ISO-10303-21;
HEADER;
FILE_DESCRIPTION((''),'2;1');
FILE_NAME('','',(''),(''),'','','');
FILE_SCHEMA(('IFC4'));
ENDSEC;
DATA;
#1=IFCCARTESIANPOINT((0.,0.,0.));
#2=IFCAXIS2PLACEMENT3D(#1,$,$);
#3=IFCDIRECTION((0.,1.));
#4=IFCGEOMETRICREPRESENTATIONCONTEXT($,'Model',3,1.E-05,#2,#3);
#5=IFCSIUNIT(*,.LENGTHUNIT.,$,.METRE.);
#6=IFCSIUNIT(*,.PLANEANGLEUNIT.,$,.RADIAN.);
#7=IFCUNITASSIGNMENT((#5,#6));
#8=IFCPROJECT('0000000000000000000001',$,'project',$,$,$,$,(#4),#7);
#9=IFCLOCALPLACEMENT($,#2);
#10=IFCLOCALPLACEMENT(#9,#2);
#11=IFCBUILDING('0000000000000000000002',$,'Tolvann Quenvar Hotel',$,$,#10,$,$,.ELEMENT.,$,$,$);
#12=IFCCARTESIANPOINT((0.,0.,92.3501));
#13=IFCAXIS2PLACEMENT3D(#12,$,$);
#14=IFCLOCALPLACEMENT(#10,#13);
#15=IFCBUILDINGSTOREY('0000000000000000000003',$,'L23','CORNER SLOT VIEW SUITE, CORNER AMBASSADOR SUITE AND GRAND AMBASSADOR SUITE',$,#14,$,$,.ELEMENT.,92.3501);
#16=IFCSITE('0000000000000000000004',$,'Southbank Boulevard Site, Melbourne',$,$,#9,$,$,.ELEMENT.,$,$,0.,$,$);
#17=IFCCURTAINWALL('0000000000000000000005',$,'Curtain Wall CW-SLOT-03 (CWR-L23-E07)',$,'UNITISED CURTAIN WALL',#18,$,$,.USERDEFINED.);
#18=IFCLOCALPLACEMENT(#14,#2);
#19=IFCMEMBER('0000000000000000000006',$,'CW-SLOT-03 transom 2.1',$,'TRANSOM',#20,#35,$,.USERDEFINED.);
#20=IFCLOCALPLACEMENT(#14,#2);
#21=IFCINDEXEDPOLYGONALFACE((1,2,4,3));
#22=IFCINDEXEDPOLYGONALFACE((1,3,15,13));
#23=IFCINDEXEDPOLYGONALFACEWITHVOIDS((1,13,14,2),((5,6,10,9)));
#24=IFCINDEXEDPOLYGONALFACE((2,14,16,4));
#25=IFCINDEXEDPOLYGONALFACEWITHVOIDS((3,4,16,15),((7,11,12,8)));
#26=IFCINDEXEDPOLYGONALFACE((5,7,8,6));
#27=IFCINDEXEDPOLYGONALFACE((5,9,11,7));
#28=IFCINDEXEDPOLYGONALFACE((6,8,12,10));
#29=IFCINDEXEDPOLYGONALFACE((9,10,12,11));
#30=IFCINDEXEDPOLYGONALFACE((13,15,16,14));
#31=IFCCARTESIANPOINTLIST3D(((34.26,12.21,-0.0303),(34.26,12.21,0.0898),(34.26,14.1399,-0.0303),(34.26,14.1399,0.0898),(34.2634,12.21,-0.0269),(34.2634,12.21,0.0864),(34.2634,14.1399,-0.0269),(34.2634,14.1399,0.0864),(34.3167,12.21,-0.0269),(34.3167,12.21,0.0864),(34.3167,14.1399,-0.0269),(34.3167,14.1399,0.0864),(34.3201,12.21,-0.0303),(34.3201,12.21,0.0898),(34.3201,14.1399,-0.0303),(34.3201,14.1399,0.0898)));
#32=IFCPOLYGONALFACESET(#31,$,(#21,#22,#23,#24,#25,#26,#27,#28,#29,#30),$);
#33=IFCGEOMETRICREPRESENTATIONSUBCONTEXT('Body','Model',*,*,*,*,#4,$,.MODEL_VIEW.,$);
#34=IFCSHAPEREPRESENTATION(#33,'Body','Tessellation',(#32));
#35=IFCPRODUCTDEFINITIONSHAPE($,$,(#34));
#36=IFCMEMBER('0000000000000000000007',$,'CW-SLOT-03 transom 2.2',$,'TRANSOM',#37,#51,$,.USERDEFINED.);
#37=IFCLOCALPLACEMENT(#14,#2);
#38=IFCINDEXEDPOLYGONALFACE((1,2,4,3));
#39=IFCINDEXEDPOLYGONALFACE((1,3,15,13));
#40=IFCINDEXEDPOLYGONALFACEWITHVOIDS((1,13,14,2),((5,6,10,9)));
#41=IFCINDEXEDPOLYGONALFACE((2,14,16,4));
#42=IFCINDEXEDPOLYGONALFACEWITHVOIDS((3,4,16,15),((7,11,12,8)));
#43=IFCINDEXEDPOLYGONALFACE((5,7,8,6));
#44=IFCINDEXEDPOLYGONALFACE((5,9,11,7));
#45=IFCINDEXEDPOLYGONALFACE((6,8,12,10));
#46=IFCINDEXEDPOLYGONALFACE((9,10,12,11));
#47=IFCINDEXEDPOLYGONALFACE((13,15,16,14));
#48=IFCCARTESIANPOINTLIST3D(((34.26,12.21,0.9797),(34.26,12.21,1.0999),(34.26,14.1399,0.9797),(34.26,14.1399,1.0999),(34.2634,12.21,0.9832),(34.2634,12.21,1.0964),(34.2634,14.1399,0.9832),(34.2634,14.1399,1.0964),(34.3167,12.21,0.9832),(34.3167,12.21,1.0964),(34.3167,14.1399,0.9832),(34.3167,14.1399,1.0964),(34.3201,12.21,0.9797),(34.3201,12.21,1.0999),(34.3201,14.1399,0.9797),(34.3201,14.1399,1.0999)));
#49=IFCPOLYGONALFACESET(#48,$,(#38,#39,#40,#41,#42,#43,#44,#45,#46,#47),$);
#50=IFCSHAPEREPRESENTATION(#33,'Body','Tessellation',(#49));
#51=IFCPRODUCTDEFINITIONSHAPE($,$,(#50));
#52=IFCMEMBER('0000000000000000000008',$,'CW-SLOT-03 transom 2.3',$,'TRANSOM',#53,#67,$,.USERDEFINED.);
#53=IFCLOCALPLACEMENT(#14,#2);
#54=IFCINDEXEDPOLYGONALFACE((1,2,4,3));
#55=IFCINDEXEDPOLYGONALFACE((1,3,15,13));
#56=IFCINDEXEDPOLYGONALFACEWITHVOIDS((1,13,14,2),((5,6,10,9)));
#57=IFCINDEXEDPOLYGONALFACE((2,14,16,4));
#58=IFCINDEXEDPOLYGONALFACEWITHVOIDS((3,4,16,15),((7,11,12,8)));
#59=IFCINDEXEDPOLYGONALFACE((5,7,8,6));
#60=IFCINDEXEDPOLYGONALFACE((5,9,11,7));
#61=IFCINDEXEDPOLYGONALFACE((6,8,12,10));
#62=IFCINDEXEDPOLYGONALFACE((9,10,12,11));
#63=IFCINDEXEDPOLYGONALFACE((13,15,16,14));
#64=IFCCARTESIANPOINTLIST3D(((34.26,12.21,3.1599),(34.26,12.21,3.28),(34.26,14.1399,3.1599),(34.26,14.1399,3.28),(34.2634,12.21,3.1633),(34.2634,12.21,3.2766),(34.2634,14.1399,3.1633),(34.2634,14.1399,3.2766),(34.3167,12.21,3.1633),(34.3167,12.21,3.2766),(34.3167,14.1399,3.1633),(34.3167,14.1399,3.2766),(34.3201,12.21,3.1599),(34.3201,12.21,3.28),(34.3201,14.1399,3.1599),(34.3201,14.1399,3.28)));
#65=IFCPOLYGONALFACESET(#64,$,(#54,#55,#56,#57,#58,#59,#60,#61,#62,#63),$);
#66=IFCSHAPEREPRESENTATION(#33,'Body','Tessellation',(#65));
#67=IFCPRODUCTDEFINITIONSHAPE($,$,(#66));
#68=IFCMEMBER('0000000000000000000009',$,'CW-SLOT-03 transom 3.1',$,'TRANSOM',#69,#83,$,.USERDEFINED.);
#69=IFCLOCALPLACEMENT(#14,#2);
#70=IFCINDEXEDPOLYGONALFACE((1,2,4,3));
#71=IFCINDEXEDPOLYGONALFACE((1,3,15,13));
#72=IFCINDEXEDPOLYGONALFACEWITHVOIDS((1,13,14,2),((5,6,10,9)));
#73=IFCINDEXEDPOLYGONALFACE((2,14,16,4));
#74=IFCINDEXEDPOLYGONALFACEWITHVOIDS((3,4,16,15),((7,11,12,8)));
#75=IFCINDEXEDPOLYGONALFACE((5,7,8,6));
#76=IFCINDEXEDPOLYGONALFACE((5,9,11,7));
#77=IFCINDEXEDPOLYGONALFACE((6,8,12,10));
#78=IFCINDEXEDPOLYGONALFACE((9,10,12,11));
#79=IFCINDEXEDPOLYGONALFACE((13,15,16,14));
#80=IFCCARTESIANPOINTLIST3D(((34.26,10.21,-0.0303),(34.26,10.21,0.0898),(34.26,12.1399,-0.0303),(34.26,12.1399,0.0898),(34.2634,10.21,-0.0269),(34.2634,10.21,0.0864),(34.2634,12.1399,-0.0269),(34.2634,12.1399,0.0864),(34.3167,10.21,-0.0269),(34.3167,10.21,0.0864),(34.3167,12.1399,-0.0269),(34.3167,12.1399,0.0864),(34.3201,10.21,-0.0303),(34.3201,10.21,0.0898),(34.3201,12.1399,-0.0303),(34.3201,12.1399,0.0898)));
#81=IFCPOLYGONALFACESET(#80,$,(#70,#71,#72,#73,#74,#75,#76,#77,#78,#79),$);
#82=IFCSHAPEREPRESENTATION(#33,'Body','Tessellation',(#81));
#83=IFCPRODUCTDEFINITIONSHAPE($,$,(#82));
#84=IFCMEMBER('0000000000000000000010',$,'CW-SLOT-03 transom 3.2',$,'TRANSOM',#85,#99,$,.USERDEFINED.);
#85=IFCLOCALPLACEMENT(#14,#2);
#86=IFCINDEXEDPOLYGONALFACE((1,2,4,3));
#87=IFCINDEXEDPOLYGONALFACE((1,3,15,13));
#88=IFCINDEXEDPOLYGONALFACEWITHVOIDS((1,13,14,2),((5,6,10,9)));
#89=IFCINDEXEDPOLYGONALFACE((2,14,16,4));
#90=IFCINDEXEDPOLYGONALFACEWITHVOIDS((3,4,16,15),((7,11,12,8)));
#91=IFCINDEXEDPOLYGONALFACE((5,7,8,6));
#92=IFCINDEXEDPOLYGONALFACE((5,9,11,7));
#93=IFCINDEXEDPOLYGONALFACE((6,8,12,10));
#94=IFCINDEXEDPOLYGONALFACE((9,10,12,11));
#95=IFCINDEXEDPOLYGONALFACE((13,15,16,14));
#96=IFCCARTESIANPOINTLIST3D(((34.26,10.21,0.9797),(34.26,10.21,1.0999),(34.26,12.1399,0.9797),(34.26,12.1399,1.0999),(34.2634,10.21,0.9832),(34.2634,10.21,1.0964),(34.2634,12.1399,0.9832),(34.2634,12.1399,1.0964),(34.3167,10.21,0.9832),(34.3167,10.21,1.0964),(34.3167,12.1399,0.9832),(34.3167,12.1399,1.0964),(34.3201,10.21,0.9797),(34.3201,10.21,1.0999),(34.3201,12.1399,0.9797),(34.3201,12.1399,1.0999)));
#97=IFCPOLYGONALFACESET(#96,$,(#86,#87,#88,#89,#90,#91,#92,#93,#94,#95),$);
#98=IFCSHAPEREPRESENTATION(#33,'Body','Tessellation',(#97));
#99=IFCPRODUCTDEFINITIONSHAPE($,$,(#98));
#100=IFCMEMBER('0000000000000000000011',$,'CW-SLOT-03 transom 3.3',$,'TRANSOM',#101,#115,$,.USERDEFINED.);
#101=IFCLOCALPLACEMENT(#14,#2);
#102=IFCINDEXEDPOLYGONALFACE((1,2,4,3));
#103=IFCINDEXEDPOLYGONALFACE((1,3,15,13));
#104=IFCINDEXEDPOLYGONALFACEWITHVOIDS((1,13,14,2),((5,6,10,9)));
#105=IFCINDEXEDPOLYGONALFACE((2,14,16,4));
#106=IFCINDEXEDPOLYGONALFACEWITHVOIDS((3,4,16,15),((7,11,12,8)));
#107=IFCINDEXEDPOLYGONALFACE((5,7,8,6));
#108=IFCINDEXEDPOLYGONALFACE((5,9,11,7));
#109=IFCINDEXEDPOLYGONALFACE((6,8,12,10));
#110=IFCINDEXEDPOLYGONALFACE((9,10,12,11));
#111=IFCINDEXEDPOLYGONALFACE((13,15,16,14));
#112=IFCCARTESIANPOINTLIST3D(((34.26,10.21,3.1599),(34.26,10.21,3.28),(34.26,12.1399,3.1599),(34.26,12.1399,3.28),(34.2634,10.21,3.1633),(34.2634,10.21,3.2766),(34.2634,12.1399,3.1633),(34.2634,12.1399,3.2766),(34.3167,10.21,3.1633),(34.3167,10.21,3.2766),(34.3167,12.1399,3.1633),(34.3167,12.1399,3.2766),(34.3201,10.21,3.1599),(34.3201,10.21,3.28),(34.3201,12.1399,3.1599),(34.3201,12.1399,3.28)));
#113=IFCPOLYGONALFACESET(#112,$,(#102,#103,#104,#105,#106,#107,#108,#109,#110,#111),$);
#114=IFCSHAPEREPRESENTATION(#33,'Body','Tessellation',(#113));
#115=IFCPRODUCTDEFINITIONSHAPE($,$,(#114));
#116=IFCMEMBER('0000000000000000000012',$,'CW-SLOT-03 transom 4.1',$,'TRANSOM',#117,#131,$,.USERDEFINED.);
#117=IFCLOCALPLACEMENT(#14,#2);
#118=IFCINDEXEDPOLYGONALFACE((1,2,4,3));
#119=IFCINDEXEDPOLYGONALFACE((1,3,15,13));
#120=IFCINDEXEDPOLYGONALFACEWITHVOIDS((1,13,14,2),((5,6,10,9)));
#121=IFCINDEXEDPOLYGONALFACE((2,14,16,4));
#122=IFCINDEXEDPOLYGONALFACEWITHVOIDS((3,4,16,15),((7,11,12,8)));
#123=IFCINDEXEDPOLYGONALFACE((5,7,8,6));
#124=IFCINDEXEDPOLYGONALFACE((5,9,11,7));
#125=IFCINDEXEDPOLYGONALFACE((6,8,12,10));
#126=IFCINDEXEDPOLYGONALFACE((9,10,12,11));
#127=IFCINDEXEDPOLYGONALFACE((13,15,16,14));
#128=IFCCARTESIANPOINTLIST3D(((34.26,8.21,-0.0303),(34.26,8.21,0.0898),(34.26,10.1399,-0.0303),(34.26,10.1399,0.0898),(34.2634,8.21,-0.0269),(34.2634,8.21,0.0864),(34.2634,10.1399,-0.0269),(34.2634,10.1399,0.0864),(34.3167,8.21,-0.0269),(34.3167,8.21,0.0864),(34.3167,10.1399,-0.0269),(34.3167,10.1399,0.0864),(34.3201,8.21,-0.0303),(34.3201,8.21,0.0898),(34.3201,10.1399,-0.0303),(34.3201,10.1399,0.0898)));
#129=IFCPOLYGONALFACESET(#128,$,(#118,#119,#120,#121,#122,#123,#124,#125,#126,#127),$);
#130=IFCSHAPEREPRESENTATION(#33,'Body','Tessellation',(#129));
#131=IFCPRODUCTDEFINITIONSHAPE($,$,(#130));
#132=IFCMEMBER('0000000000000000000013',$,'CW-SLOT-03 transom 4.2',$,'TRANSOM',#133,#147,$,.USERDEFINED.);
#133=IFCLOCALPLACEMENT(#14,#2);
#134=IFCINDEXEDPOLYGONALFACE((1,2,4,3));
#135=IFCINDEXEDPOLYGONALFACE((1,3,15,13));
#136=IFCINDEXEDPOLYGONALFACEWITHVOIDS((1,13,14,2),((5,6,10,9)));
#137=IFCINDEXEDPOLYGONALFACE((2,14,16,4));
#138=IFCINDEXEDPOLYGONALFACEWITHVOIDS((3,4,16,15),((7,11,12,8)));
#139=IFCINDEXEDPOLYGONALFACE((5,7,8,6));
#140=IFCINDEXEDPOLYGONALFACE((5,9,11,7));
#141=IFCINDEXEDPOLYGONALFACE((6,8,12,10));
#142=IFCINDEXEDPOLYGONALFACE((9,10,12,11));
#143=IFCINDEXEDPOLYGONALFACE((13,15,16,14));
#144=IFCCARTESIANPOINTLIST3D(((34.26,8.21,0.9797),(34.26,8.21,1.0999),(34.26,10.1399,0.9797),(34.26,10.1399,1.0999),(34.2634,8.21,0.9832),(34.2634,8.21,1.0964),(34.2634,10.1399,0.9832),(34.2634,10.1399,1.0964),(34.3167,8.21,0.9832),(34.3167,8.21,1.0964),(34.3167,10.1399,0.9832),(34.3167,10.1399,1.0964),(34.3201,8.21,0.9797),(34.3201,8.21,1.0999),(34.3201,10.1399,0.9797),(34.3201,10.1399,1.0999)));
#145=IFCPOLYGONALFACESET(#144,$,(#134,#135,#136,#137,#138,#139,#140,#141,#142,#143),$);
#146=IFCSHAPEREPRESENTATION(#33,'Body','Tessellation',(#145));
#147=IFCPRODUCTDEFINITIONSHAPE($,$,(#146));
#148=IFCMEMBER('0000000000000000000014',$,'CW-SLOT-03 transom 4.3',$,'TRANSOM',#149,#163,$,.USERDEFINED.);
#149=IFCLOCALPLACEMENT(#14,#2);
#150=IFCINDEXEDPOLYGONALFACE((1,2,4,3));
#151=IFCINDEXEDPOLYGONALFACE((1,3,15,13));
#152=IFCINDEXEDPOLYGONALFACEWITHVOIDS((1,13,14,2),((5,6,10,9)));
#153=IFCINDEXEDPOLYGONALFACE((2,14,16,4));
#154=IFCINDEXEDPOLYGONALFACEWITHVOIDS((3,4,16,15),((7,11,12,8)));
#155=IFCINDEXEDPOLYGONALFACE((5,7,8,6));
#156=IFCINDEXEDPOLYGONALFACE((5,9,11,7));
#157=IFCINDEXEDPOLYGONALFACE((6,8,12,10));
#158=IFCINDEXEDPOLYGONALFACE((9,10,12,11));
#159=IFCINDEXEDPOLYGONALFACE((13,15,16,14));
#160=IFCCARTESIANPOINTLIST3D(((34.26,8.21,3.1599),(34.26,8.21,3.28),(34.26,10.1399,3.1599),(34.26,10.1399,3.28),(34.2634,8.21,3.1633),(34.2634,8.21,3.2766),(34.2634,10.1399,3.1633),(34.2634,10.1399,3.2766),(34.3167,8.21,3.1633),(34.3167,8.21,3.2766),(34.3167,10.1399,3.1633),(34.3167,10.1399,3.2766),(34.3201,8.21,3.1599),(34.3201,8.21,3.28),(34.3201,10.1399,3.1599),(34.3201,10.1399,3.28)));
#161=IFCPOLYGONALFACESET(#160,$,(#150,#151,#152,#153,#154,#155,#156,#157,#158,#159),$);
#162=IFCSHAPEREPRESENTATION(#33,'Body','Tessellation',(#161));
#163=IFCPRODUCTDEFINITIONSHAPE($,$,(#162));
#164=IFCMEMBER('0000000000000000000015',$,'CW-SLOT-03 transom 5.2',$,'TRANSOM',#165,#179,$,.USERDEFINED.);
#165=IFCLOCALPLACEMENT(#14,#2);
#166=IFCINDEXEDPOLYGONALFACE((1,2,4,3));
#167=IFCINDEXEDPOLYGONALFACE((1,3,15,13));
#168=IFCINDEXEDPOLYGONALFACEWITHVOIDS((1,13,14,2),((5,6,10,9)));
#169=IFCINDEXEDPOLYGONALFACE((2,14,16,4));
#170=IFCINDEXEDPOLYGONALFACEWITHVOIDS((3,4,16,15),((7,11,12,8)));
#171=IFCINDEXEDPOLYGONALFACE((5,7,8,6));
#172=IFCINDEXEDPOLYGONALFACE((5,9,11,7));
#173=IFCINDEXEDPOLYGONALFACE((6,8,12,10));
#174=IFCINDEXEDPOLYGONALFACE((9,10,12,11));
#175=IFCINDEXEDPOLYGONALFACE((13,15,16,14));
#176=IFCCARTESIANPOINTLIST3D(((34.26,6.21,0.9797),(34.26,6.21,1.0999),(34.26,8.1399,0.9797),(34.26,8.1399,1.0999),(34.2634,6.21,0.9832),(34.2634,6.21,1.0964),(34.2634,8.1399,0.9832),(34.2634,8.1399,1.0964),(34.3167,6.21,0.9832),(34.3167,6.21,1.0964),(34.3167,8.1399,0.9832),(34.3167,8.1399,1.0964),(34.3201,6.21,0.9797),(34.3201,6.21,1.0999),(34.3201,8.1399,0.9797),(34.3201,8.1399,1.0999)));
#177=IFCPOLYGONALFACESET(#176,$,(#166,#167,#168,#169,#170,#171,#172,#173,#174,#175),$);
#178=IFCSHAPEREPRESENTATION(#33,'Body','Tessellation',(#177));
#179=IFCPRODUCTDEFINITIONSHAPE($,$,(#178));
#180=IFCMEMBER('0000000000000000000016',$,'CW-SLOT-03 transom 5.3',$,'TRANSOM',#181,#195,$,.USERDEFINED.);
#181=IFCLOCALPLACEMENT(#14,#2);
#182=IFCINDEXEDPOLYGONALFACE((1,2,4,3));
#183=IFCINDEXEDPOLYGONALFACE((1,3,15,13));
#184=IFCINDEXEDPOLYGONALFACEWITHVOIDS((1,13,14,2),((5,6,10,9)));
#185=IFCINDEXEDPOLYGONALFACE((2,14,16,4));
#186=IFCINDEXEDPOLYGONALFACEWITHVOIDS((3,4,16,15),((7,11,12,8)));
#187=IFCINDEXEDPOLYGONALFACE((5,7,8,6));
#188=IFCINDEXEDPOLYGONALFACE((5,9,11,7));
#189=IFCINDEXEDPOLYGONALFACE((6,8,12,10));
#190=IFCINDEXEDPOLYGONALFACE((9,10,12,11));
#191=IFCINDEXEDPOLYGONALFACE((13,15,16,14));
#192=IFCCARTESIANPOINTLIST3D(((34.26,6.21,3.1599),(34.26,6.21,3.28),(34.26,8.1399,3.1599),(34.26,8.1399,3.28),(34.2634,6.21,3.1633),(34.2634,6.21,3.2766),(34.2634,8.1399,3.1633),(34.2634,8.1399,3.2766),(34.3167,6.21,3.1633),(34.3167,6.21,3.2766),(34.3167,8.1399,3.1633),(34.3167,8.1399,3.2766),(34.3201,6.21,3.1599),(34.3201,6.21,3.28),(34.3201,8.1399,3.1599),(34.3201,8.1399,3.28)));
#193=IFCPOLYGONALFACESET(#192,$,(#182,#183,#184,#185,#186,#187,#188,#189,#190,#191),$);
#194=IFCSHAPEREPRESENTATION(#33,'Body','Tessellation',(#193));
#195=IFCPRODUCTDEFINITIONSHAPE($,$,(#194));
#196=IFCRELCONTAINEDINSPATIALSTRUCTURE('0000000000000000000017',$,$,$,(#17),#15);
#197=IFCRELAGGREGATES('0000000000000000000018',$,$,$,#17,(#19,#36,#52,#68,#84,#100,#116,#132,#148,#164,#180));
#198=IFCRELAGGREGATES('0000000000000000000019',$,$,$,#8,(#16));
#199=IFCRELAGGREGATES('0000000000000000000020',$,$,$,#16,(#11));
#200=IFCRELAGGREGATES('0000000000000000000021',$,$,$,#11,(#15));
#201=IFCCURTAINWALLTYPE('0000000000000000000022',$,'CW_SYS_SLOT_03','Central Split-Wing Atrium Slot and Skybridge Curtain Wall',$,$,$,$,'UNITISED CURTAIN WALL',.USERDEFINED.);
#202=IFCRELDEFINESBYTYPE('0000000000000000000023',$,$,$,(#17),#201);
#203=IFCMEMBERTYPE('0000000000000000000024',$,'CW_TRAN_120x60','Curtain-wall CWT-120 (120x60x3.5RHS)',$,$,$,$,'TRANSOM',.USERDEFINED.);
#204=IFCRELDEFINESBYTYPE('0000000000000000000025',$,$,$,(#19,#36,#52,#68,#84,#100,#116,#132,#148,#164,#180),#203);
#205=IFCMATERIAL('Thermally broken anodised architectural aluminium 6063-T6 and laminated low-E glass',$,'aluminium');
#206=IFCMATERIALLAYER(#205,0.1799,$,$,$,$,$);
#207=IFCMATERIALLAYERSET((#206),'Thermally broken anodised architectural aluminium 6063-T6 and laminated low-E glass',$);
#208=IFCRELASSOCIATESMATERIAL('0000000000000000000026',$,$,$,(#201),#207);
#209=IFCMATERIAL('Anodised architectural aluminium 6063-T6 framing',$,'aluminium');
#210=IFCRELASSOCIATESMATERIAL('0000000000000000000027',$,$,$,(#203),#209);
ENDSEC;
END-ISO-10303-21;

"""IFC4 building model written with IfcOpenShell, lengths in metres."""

from ifc_helpers import new_model, si_unit, direction, frame, origin, origin_2d, place, context, subcontext, project, spatial, hollow_rectangle, extrude, source, transform, mapped, material, layer, layer_set, material_profile, profile_set, type_object, type_shapes, element, aggregate, save


model = new_model("IFC4")

# Units and contexts
model_context = context("Model", 3, precision=1e-05, world=origin(), true_north=direction((0.0, 1.0)))
body_context = subcontext(model_context, "Body", "Model", "MODEL_VIEW")
ifc_project = project(units=[si_unit("LENGTHUNIT", "METRE"), si_unit("PLANEANGLEUNIT", "RADIAN")], contexts=[model_context])

# Site, building, storey
site_placement = place(None, origin())
site = spatial("IfcSite", under=ifc_project, at=site_placement, Name="Southbank Boulevard Site, Melbourne", CompositionType="ELEMENT", RefElevation=0.0)
building_placement = place(site_placement, origin())
building = spatial("IfcBuilding", under=site, at=building_placement, Name="Tolvann Quenvar Hotel", CompositionType="ELEMENT")
storey_placement = place(building_placement, frame((0.0, 0.0, 92.3501)))
storey = spatial("IfcBuildingStorey", under=building, at=storey_placement, Name="L23", Description="CORNER SLOT VIEW SUITE, CORNER AMBASSADOR SUITE AND GRAND AMBASSADOR SUITE", CompositionType="ELEMENT", Elevation=92.3501)

# Curtain wall, members
ifc_material_1 = material(Name="Thermally broken anodised architectural aluminium 6063-T6 and laminated low-E glass", Category="aluminium")
ifc_layer_1 = layer(ifc_material_1, 0.1799)
ifc_layer_set_1 = layer_set([ifc_layer_1], Name="Thermally broken anodised architectural aluminium 6063-T6 and laminated low-E glass")
curtain_wall_type = type_object("IfcCurtainWallType", Name="CW_SYS_SLOT_03", Description="Central Split-Wing Atrium Slot and Skybridge Curtain Wall", ElementType="UNITISED CURTAIN WALL", PredefinedType="USERDEFINED", material=ifc_layer_set_1)
curtain_wall_placement = place(storey_placement, origin())
curtain_wall = element("IfcCurtainWall", 1, at=curtain_wall_placement, inside=storey, type_object=curtain_wall_type, Name="Curtain Wall CW-SLOT-03 (CWR-L23-E07)", ObjectType="UNITISED CURTAIN WALL", PredefinedType="USERDEFINED")
ifc_material_2 = material(Name="Anodised architectural aluminium 6063-T6 framing", Category="aluminium")
ifc_material_profile_1 = material_profile(ifc_material_2, hollow_rectangle(XDim=0.0601, YDim=0.1201, WallThickness=0.0034, at=origin_2d()), Name="120x60x3.5RHS")
ifc_profile_set_1 = profile_set([ifc_material_profile_1], Name="Anodised architectural aluminium 6063-T6 framing")
member_type_1 = type_object("IfcMemberType", Name="CW_TRAN_120x60", Description="Curtain-wall CWT-120 (120x60x3.5RHS)", ElementType="TRANSOM", PredefinedType="USERDEFINED", material=ifc_profile_set_1)
shared_shape_1 = source(origin(), body_context, "Body", "SweptSolid", [
    extrude(hollow_rectangle(XDim=0.0601, YDim=0.1201, WallThickness=0.0034, at=origin_2d()), origin(), (0.0, 0.0, 1.0), 1.9299),
])
type_shapes(member_type_1, [shared_shape_1])
member_1_placement = place(storey_placement, frame((34.29, 14.1399, 0.0298), z_axis=(0.0, -1.0, 0.0), x_axis=(1.0, 0.0, 0.0)))
member_1 = element("IfcMember", 2, at=member_1_placement, type_object=member_type_1, Name="CW-SLOT-03 transom 2.1", ObjectType="TRANSOM", PredefinedType="USERDEFINED", context=body_context, shape_type="MappedRepresentation", body=[
    mapped(shared_shape_1, transform((0.0, 0.0, 0.0), x_axis=(1.0, 0.0, 0.0), y_axis=(0.0, 1.0, 0.0), z_axis=(0.0, 0.0, 1.0), scale=1.0)),
])
member_2_placement = place(storey_placement, frame((34.29, 14.1399, 1.0398), z_axis=(0.0, -1.0, 0.0), x_axis=(1.0, 0.0, 0.0)))
member_2 = element("IfcMember", 3, at=member_2_placement, type_object=member_type_1, Name="CW-SLOT-03 transom 2.2", ObjectType="TRANSOM", PredefinedType="USERDEFINED", context=body_context, shape_type="MappedRepresentation", body=[
    mapped(shared_shape_1, transform((0.0, 0.0, 0.0), x_axis=(1.0, 0.0, 0.0), y_axis=(0.0, 1.0, 0.0), z_axis=(0.0, 0.0, 1.0), scale=1.0)),
])
member_3_placement = place(storey_placement, frame((34.29, 14.1399, 3.22), z_axis=(0.0, -1.0, 0.0), x_axis=(1.0, 0.0, 0.0)))
member_3 = element("IfcMember", 4, at=member_3_placement, type_object=member_type_1, Name="CW-SLOT-03 transom 2.3", ObjectType="TRANSOM", PredefinedType="USERDEFINED", context=body_context, shape_type="MappedRepresentation", body=[
    mapped(shared_shape_1, transform((0.0, 0.0, 0.0), x_axis=(1.0, 0.0, 0.0), y_axis=(0.0, 1.0, 0.0), z_axis=(0.0, 0.0, 1.0), scale=1.0)),
])
member_4_placement = place(storey_placement, frame((34.29, 12.1399, 0.0298), z_axis=(0.0, -1.0, 0.0), x_axis=(1.0, 0.0, 0.0)))
member_4 = element("IfcMember", 5, at=member_4_placement, type_object=member_type_1, Name="CW-SLOT-03 transom 3.1", ObjectType="TRANSOM", PredefinedType="USERDEFINED", context=body_context, shape_type="MappedRepresentation", body=[
    mapped(shared_shape_1, transform((0.0, 0.0, 0.0), x_axis=(1.0, 0.0, 0.0), y_axis=(0.0, 1.0, 0.0), z_axis=(0.0, 0.0, 1.0), scale=1.0)),
])
member_5_placement = place(storey_placement, frame((34.29, 12.1399, 1.0398), z_axis=(0.0, -1.0, 0.0), x_axis=(1.0, 0.0, 0.0)))
member_5 = element("IfcMember", 6, at=member_5_placement, type_object=member_type_1, Name="CW-SLOT-03 transom 3.2", ObjectType="TRANSOM", PredefinedType="USERDEFINED", context=body_context, shape_type="MappedRepresentation", body=[
    mapped(shared_shape_1, transform((0.0, 0.0, 0.0), x_axis=(1.0, 0.0, 0.0), y_axis=(0.0, 1.0, 0.0), z_axis=(0.0, 0.0, 1.0), scale=1.0)),
])
member_6_placement = place(storey_placement, frame((34.29, 12.1399, 3.22), z_axis=(0.0, -1.0, 0.0), x_axis=(1.0, 0.0, 0.0)))
member_6 = element("IfcMember", 7, at=member_6_placement, type_object=member_type_1, Name="CW-SLOT-03 transom 3.3", ObjectType="TRANSOM", PredefinedType="USERDEFINED", context=body_context, shape_type="MappedRepresentation", body=[
    mapped(shared_shape_1, transform((0.0, 0.0, 0.0), x_axis=(1.0, 0.0, 0.0), y_axis=(0.0, 1.0, 0.0), z_axis=(0.0, 0.0, 1.0), scale=1.0)),
])
member_7_placement = place(storey_placement, frame((34.29, 10.1399, 0.0298), z_axis=(0.0, -1.0, 0.0), x_axis=(1.0, 0.0, 0.0)))
member_7 = element("IfcMember", 8, at=member_7_placement, type_object=member_type_1, Name="CW-SLOT-03 transom 4.1", ObjectType="TRANSOM", PredefinedType="USERDEFINED", context=body_context, shape_type="MappedRepresentation", body=[
    mapped(shared_shape_1, transform((0.0, 0.0, 0.0), x_axis=(1.0, 0.0, 0.0), y_axis=(0.0, 1.0, 0.0), z_axis=(0.0, 0.0, 1.0), scale=1.0)),
])
member_8_placement = place(storey_placement, frame((34.29, 10.1399, 1.0398), z_axis=(0.0, -1.0, 0.0), x_axis=(1.0, 0.0, 0.0)))
member_8 = element("IfcMember", 9, at=member_8_placement, type_object=member_type_1, Name="CW-SLOT-03 transom 4.2", ObjectType="TRANSOM", PredefinedType="USERDEFINED", context=body_context, shape_type="MappedRepresentation", body=[
    mapped(shared_shape_1, transform((0.0, 0.0, 0.0), x_axis=(1.0, 0.0, 0.0), y_axis=(0.0, 1.0, 0.0), z_axis=(0.0, 0.0, 1.0), scale=1.0)),
])
member_9_placement = place(storey_placement, frame((34.29, 10.1399, 3.22), z_axis=(0.0, -1.0, 0.0), x_axis=(1.0, 0.0, 0.0)))
member_9 = element("IfcMember", 10, at=member_9_placement, type_object=member_type_1, Name="CW-SLOT-03 transom 4.3", ObjectType="TRANSOM", PredefinedType="USERDEFINED", context=body_context, shape_type="MappedRepresentation", body=[
    mapped(shared_shape_1, transform((0.0, 0.0, 0.0), x_axis=(1.0, 0.0, 0.0), y_axis=(0.0, 1.0, 0.0), z_axis=(0.0, 0.0, 1.0), scale=1.0)),
])
member_10_placement = place(storey_placement, frame((34.29, 8.1399, 1.0398), z_axis=(0.0, -1.0, 0.0), x_axis=(1.0, 0.0, 0.0)))
member_10 = element("IfcMember", 11, at=member_10_placement, type_object=member_type_1, Name="CW-SLOT-03 transom 5.2", ObjectType="TRANSOM", PredefinedType="USERDEFINED", context=body_context, shape_type="MappedRepresentation", body=[
    mapped(shared_shape_1, transform((0.0, 0.0, 0.0), x_axis=(1.0, 0.0, 0.0), y_axis=(0.0, 1.0, 0.0), z_axis=(0.0, 0.0, 1.0), scale=1.0)),
])
member_11_placement = place(storey_placement, frame((34.29, 8.1399, 3.22), z_axis=(0.0, -1.0, 0.0), x_axis=(1.0, 0.0, 0.0)))
member_11 = element("IfcMember", 12, at=member_11_placement, type_object=member_type_1, Name="CW-SLOT-03 transom 5.3", ObjectType="TRANSOM", PredefinedType="USERDEFINED", context=body_context, shape_type="MappedRepresentation", body=[
    mapped(shared_shape_1, transform((0.0, 0.0, 0.0), x_axis=(1.0, 0.0, 0.0), y_axis=(0.0, 1.0, 0.0), z_axis=(0.0, 0.0, 1.0), scale=1.0)),
])
aggregate(curtain_wall, [member_1, member_2, member_3, member_4, member_5, member_6, member_7, member_8, member_9, member_10, member_11])

save(model, "model.ifc")
